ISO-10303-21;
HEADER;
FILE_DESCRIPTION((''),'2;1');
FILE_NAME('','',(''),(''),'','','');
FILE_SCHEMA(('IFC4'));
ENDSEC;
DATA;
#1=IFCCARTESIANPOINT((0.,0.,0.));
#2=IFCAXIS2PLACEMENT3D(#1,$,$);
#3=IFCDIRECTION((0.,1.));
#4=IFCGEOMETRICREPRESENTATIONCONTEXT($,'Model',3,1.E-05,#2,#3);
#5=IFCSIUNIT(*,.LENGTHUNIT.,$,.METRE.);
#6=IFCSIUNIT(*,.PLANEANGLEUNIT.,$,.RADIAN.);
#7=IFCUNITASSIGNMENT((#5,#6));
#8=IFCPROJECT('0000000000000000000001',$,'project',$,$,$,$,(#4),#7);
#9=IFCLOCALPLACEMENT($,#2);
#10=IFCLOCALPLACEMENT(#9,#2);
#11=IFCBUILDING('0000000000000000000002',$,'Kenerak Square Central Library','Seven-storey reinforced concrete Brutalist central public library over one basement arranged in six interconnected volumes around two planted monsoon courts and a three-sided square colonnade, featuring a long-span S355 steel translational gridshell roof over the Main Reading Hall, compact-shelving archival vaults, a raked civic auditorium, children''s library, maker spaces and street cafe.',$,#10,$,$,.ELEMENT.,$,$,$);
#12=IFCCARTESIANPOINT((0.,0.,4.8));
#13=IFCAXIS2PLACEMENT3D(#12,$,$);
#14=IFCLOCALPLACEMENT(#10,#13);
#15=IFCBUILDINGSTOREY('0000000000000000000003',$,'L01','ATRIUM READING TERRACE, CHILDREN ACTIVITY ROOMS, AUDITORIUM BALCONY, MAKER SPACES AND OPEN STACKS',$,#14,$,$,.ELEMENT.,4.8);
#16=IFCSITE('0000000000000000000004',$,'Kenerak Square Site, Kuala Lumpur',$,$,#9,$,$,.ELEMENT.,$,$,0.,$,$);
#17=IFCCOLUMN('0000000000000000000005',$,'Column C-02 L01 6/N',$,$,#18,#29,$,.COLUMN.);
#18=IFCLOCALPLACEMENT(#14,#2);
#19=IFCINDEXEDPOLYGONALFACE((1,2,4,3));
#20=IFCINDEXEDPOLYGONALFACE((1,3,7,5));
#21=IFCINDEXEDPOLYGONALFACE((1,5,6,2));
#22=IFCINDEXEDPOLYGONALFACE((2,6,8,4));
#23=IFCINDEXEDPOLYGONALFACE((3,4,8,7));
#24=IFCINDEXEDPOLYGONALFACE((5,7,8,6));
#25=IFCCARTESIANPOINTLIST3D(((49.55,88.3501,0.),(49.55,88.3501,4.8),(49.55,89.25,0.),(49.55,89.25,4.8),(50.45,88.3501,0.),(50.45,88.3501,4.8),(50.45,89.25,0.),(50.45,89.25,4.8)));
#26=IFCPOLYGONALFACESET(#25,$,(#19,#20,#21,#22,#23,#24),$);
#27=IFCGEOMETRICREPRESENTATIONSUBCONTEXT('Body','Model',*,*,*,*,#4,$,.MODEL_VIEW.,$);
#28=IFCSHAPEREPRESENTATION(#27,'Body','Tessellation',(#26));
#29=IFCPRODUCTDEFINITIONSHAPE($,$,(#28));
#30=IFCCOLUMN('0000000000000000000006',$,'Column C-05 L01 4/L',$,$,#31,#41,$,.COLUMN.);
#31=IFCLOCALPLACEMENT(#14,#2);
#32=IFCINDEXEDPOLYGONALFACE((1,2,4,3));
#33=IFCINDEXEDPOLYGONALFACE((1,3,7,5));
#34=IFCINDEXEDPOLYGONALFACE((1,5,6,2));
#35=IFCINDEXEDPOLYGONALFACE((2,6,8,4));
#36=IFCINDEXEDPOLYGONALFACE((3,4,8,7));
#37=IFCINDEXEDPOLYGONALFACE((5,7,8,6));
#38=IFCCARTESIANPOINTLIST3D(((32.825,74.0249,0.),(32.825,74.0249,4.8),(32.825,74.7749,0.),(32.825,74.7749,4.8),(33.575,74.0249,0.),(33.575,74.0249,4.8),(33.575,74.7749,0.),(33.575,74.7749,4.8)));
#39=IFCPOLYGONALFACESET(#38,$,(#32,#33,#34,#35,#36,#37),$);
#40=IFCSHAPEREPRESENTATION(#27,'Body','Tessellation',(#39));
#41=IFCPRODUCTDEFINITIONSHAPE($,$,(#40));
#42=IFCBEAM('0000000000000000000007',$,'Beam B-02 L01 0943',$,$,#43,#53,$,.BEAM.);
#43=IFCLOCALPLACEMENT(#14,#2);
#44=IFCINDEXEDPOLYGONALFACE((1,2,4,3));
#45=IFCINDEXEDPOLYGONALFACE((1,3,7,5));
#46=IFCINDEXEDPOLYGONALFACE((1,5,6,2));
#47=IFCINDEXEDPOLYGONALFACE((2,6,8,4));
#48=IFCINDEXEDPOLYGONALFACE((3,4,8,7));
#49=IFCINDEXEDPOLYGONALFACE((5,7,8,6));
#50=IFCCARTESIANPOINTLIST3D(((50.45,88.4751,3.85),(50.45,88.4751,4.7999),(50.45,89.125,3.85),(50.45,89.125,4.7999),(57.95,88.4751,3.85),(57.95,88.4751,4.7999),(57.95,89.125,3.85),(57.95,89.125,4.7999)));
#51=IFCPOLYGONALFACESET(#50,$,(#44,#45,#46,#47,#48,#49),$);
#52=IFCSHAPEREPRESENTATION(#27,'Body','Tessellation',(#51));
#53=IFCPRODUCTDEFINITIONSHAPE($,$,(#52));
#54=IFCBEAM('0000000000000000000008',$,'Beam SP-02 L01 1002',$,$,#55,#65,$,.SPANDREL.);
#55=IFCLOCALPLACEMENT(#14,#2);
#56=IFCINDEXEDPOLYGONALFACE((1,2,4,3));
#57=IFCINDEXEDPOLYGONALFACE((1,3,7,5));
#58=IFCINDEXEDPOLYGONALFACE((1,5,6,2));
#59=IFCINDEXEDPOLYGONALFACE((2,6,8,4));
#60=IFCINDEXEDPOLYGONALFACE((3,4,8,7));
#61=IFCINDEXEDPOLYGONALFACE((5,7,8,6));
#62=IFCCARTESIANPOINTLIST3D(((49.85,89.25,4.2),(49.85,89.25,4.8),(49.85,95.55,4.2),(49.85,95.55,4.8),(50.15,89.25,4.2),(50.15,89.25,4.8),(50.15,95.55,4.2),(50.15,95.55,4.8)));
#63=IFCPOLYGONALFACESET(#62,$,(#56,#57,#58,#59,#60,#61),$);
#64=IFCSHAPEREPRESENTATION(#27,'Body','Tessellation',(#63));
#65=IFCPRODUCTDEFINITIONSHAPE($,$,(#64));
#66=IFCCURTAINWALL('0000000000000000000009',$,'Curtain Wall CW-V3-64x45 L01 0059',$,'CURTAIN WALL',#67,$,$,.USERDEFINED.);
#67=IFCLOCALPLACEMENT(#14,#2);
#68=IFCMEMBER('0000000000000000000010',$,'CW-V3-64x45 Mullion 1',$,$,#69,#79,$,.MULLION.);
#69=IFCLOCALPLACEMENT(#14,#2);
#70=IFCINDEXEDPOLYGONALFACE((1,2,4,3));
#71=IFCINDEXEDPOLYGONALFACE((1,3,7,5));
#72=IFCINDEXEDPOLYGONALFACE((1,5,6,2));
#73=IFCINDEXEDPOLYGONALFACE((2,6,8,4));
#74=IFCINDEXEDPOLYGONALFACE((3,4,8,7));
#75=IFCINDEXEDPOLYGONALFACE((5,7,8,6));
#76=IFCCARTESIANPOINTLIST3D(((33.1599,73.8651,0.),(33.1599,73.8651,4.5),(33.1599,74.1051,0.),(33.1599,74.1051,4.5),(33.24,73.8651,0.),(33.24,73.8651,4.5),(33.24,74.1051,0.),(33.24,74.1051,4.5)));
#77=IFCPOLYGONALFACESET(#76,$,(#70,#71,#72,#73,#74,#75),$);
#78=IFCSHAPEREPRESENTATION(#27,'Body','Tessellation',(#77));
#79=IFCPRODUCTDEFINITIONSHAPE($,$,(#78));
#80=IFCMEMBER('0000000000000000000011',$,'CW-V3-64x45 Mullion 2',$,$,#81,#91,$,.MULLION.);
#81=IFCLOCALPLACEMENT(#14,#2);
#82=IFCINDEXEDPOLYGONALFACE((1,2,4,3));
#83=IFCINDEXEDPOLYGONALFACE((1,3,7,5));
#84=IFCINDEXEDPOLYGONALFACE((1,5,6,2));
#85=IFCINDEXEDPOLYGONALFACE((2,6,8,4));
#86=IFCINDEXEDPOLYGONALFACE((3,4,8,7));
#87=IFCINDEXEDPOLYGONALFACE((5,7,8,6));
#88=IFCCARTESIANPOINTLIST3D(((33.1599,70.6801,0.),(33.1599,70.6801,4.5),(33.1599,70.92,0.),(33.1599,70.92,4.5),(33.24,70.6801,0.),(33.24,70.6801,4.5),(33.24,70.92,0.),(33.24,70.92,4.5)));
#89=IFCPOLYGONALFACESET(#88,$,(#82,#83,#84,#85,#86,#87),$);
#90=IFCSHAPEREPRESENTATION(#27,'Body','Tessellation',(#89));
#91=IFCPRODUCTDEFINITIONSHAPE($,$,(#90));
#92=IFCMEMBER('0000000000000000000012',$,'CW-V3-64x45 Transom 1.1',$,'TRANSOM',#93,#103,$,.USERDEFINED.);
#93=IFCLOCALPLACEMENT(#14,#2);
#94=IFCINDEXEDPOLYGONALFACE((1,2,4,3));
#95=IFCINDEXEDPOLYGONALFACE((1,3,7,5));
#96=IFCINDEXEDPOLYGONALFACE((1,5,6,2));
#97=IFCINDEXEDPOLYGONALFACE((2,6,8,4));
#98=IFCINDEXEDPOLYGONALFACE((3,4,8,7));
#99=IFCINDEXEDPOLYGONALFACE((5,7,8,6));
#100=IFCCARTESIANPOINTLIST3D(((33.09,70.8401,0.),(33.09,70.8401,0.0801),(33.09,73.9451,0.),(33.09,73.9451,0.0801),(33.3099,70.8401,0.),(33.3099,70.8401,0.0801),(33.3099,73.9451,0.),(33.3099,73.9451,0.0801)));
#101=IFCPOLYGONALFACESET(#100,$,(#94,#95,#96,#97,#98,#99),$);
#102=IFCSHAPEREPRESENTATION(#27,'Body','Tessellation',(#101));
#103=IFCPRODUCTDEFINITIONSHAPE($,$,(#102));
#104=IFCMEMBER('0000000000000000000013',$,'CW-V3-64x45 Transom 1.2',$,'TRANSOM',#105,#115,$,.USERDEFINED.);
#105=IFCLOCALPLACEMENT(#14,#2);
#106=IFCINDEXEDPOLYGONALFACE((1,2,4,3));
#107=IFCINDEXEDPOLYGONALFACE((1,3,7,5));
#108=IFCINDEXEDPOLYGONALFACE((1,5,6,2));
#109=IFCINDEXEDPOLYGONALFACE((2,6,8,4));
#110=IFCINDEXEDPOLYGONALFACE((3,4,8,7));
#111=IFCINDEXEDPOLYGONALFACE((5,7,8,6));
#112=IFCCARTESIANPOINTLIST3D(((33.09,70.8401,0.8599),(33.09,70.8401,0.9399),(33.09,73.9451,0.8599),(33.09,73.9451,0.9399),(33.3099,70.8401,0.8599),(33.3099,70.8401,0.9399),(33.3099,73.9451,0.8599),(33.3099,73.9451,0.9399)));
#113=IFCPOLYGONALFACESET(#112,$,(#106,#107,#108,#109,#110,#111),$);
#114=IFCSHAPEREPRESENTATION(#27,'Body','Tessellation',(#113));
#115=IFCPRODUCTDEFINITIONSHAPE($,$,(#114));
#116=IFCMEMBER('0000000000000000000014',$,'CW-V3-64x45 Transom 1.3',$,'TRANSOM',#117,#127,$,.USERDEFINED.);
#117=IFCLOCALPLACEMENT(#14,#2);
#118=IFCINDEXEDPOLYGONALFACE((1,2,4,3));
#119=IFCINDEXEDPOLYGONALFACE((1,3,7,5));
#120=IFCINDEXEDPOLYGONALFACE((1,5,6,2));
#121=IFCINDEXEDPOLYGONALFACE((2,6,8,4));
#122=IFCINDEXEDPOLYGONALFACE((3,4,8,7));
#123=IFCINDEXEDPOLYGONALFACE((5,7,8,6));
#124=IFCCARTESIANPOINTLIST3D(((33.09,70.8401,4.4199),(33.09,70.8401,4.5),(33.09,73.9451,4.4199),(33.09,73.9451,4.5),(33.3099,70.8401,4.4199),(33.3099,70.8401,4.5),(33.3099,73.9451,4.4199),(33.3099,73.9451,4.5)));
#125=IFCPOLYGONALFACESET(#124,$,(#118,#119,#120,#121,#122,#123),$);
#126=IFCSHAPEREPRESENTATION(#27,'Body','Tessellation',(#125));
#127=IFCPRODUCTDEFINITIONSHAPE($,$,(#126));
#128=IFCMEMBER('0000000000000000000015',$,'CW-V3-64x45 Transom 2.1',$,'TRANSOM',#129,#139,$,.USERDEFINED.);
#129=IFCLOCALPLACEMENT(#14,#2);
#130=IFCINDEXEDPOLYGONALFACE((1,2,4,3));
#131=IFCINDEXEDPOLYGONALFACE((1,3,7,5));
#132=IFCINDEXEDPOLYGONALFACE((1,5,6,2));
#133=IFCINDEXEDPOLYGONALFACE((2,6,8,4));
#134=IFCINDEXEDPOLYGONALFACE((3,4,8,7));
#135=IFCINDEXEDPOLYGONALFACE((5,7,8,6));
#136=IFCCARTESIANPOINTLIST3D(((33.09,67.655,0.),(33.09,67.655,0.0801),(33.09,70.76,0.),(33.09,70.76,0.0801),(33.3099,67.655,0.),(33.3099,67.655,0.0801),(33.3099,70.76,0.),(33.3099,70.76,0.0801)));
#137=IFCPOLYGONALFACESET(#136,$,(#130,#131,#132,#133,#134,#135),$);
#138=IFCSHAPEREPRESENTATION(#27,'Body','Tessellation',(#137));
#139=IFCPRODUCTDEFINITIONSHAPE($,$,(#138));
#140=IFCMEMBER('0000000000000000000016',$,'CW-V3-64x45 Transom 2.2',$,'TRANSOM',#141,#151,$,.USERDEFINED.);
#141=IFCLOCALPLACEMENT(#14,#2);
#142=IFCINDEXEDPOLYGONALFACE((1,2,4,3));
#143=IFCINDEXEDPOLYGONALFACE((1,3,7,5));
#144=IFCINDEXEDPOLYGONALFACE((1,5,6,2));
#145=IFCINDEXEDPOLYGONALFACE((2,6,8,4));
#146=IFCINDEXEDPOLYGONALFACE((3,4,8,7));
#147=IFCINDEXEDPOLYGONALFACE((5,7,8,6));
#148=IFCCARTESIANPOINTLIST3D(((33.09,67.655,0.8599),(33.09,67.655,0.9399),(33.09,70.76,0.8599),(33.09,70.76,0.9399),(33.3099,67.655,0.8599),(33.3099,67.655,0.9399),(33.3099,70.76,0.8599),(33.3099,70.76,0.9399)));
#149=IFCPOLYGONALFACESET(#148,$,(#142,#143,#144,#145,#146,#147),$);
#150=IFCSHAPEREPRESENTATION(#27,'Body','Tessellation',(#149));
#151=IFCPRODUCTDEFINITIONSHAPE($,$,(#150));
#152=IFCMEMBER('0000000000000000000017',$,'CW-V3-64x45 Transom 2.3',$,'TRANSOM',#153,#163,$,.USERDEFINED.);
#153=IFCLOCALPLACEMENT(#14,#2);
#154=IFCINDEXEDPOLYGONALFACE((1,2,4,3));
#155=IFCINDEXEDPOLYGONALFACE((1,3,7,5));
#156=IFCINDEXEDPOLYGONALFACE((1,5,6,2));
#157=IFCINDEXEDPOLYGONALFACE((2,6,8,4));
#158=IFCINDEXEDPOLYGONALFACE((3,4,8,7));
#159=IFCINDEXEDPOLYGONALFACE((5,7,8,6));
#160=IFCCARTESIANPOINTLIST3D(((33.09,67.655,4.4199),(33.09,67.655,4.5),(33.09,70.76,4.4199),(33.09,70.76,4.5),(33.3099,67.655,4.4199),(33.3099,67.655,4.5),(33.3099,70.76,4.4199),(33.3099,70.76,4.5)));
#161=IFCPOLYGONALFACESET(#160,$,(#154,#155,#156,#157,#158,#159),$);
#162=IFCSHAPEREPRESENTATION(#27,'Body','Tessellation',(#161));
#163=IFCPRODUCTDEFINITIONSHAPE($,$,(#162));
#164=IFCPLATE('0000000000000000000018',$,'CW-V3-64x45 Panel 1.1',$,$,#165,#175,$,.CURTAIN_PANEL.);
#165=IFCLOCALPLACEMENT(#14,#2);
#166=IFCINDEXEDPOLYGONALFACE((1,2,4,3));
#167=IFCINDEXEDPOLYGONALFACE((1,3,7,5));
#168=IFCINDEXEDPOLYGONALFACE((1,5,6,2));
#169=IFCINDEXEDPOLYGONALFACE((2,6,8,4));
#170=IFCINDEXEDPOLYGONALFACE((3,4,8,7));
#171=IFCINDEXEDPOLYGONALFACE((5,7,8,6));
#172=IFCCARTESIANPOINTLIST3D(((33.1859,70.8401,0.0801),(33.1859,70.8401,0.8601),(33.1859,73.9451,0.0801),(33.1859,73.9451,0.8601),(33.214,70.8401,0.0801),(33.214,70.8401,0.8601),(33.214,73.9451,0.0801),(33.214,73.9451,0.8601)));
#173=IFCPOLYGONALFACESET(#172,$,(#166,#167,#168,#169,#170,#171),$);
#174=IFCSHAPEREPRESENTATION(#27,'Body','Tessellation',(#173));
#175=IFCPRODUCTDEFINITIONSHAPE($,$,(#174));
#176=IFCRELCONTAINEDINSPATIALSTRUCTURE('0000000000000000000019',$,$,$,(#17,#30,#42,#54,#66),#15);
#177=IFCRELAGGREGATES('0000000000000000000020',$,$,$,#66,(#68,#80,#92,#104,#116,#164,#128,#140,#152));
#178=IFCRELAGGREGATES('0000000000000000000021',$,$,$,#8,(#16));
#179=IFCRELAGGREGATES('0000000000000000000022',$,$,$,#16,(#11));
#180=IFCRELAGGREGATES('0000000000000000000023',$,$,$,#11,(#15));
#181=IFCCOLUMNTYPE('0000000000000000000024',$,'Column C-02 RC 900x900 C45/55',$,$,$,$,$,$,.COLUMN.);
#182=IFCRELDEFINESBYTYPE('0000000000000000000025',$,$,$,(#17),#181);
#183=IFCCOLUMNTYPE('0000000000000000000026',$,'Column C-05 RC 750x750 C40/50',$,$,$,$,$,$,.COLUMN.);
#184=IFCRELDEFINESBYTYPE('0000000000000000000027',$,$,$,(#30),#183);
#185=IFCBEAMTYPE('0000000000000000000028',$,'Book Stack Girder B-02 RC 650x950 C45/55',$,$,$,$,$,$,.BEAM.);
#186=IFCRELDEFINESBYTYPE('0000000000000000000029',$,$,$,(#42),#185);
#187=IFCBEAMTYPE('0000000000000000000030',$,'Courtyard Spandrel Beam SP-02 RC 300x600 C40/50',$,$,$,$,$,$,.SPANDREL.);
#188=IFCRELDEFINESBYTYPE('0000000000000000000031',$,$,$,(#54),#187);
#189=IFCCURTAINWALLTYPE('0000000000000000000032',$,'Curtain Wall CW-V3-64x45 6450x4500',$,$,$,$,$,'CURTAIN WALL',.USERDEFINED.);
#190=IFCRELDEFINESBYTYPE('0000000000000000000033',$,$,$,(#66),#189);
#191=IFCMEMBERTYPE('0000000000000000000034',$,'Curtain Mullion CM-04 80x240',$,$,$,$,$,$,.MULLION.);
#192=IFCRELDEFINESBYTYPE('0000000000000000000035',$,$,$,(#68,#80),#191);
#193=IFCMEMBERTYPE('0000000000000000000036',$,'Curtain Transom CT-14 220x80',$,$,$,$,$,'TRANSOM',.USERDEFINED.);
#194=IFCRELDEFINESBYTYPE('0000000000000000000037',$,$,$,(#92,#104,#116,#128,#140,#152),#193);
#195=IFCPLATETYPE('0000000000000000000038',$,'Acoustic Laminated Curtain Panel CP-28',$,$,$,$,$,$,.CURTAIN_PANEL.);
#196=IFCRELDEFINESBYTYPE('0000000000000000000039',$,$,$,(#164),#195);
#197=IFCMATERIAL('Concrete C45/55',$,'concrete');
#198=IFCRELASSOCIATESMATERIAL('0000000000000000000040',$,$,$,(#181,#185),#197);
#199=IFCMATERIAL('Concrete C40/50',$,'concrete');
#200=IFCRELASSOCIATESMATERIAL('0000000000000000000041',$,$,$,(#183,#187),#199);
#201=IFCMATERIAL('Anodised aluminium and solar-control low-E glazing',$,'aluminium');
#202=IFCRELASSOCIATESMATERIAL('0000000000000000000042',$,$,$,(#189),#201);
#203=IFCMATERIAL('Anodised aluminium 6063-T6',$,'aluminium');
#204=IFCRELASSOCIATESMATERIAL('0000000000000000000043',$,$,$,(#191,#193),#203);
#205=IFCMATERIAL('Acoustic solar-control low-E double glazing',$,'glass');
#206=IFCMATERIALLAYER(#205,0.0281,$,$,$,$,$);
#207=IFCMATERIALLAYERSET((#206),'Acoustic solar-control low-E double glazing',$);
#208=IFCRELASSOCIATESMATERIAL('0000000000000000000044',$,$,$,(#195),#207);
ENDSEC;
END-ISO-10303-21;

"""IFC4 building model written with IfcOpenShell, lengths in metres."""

from ifc_helpers import new_model, si_unit, direction, frame, origin, origin_2d, place, context, subcontext, project, spatial, rectangle, extrude, material, layer, layer_set, material_profile, profile_set, type_object, element, aggregate, save


model = new_model("IFC4")

# Units and contexts
model_context = context("Model", 3, precision=1e-05, world=origin(), true_north=direction((0.0, 1.0)))
body_context = subcontext(model_context, "Body", "Model", "MODEL_VIEW")
ifc_project = project(units=[si_unit("LENGTHUNIT", "METRE"), si_unit("PLANEANGLEUNIT", "RADIAN")], contexts=[model_context])

# Site, building, storey
site_placement = place(None, origin())
site = spatial("IfcSite", under=ifc_project, at=site_placement, Name="Kenerak Square Site, Kuala Lumpur", CompositionType="ELEMENT", RefElevation=0.0)
building_placement = place(site_placement, origin())
building = spatial("IfcBuilding", under=site, at=building_placement, Name="Kenerak Square Central Library", Description="Seven-storey reinforced concrete Brutalist central public library over one basement arranged in six interconnected volumes around two planted monsoon courts and a three-sided square colonnade, featuring a long-span S355 steel translational gridshell roof over the Main Reading Hall, compact-shelving archival vaults, a raked civic auditorium, children's library, maker spaces and street cafe.", CompositionType="ELEMENT")
storey_placement = place(building_placement, frame((0.0, 0.0, 4.8)))
storey = spatial("IfcBuildingStorey", under=building, at=storey_placement, Name="L01", Description="ATRIUM READING TERRACE, CHILDREN ACTIVITY ROOMS, AUDITORIUM BALCONY, MAKER SPACES AND OPEN STACKS", CompositionType="ELEMENT", Elevation=4.8)

# Columns
ifc_material_1 = material(Name="Concrete C45/55", Category="concrete")
ifc_material_profile_1 = material_profile(ifc_material_1, rectangle(XDim=0.8999, YDim=0.8999, at=origin_2d()), Name="RC 900x900")
ifc_profile_set_1 = profile_set([ifc_material_profile_1], Name="Concrete C45/55")
column_type_1 = type_object("IfcColumnType", Name="Column C-02 RC 900x900 C45/55", PredefinedType="COLUMN", material=ifc_profile_set_1)
column_1_placement = place(storey_placement, frame((50.0, 88.8, 0.0), z_axis=(0.0, 0.0, 1.0), x_axis=(1.0, 0.0, 0.0)))
element("IfcColumn", 1, at=column_1_placement, inside=storey, type_object=column_type_1, Name="Column C-02 L01 6/N", PredefinedType="COLUMN", context=body_context, shape_type="SweptSolid", body=[
    extrude(rectangle(XDim=0.8999, YDim=0.8999, at=origin_2d()), origin(), (0.0, 0.0, 1.0), 4.8),
])
ifc_material_2 = material(Name="Concrete C40/50", Category="concrete")
ifc_material_profile_2 = material_profile(ifc_material_2, rectangle(XDim=0.75, YDim=0.75, at=origin_2d()), Name="RC 750x750")
ifc_profile_set_2 = profile_set([ifc_material_profile_2], Name="Concrete C40/50")
column_type_2 = type_object("IfcColumnType", Name="Column C-05 RC 750x750 C40/50", PredefinedType="COLUMN", material=ifc_profile_set_2)
column_2_placement = place(storey_placement, frame((33.2, 74.3999, 0.0), z_axis=(0.0, 0.0, 1.0), x_axis=(1.0, 0.0, 0.0)))
element("IfcColumn", 2, at=column_2_placement, inside=storey, type_object=column_type_2, Name="Column C-05 L01 4/L", PredefinedType="COLUMN", context=body_context, shape_type="SweptSolid", body=[
    extrude(rectangle(XDim=0.75, YDim=0.75, at=origin_2d()), origin(), (0.0, 0.0, 1.0), 4.8),
])

# Beams
ifc_material_profile_3 = material_profile(ifc_material_1, rectangle(XDim=0.6499, YDim=0.95, at=origin_2d()), Name="RC 650x950")
ifc_profile_set_3 = profile_set([ifc_material_profile_3], Name="Concrete C45/55")
beam_type_1 = type_object("IfcBeamType", Name="Book Stack Girder B-02 RC 650x950 C45/55", PredefinedType="BEAM", material=ifc_profile_set_3)
beam_1_placement = place(storey_placement, frame((50.45, 88.8, 4.325), z_axis=(1.0, 0.0, 0.0), x_axis=(0.0, 1.0, 0.0)))
element("IfcBeam", 3, at=beam_1_placement, inside=storey, type_object=beam_type_1, Name="Beam B-02 L01 0943", PredefinedType="BEAM", context=body_context, shape_type="SweptSolid", body=[
    extrude(rectangle(XDim=0.6499, YDim=0.95, at=origin_2d()), origin(), (0.0, 0.0, 1.0), 7.5),
])
ifc_material_profile_4 = material_profile(ifc_material_2, rectangle(XDim=0.3, YDim=0.6001, at=origin_2d()), Name="RC 300x600")
ifc_profile_set_4 = profile_set([ifc_material_profile_4], Name="Concrete C40/50")
beam_type_2 = type_object("IfcBeamType", Name="Courtyard Spandrel Beam SP-02 RC 300x600 C40/50", PredefinedType="SPANDREL", material=ifc_profile_set_4)
beam_2_placement = place(storey_placement, frame((50.0, 89.25, 4.5), z_axis=(0.0, 1.0, 0.0), x_axis=(-1.0, 0.0, 0.0)))
element("IfcBeam", 4, at=beam_2_placement, inside=storey, type_object=beam_type_2, Name="Beam SP-02 L01 1002", PredefinedType="SPANDREL", context=body_context, shape_type="SweptSolid", body=[
    extrude(rectangle(XDim=0.3, YDim=0.6001, at=origin_2d()), origin(), (0.0, 0.0, 1.0), 6.3),
])

# Curtain wall, members, plate
ifc_material_3 = material(Name="Anodised aluminium and solar-control low-E glazing", Category="aluminium")
curtain_wall_type = type_object("IfcCurtainWallType", Name="Curtain Wall CW-V3-64x45 6450x4500", ElementType="CURTAIN WALL", PredefinedType="USERDEFINED", material=ifc_material_3)
curtain_wall_placement = place(storey_placement, origin())
curtain_wall = element("IfcCurtainWall", 5, at=curtain_wall_placement, inside=storey, type_object=curtain_wall_type, Name="Curtain Wall CW-V3-64x45 L01 0059", ObjectType="CURTAIN WALL", PredefinedType="USERDEFINED")
ifc_material_4 = material(Name="Anodised aluminium 6063-T6", Category="aluminium")
ifc_material_profile_5 = material_profile(ifc_material_4, rectangle(XDim=0.0801, YDim=0.24, at=origin_2d()), Name="AL MULLION 80x240")
ifc_profile_set_5 = profile_set([ifc_material_profile_5], Name="Anodised aluminium 6063-T6")
member_type_1 = type_object("IfcMemberType", Name="Curtain Mullion CM-04 80x240", PredefinedType="MULLION", material=ifc_profile_set_5)
member_1_placement = place(storey_placement, frame((33.2, 73.9851, 0.0), z_axis=(0.0, 0.0, 1.0), x_axis=(1.0, 0.0, 0.0)))
member_1 = element("IfcMember", 6, at=member_1_placement, type_object=member_type_1, Name="CW-V3-64x45 Mullion 1", PredefinedType="MULLION", context=body_context, shape_type="SweptSolid", body=[
    extrude(rectangle(XDim=0.0801, YDim=0.24, at=origin_2d()), origin(), (0.0, 0.0, 1.0), 4.5),
])
member_2_placement = place(storey_placement, frame((33.2, 70.8, 0.0), z_axis=(0.0, 0.0, 1.0), x_axis=(1.0, 0.0, 0.0)))
member_2 = element("IfcMember", 7, at=member_2_placement, type_object=member_type_1, Name="CW-V3-64x45 Mullion 2", PredefinedType="MULLION", context=body_context, shape_type="SweptSolid", body=[
    extrude(rectangle(XDim=0.0801, YDim=0.24, at=origin_2d()), origin(), (0.0, 0.0, 1.0), 4.5),
])
ifc_material_profile_6 = material_profile(ifc_material_4, rectangle(XDim=0.22, YDim=0.0801, at=origin_2d()), Name="AL TRANSOM 220x80")
ifc_profile_set_6 = profile_set([ifc_material_profile_6], Name="Anodised aluminium 6063-T6")
member_type_2 = type_object("IfcMemberType", Name="Curtain Transom CT-14 220x80", ElementType="TRANSOM", PredefinedType="USERDEFINED", material=ifc_profile_set_6)
member_3_placement = place(storey_placement, frame((33.2, 73.9451, 0.04), z_axis=(0.0, -1.0, 0.0), x_axis=(1.0, 0.0, 0.0)))
member_3 = element("IfcMember", 8, at=member_3_placement, type_object=member_type_2, Name="CW-V3-64x45 Transom 1.1", ObjectType="TRANSOM", PredefinedType="USERDEFINED", context=body_context, shape_type="SweptSolid", body=[
    extrude(rectangle(XDim=0.22, YDim=0.0801, at=origin_2d()), origin(), (0.0, 0.0, 1.0), 3.105),
])
member_4_placement = place(storey_placement, frame((33.2, 73.9451, 0.8999), z_axis=(0.0, -1.0, 0.0), x_axis=(1.0, 0.0, 0.0)))
member_4 = element("IfcMember", 9, at=member_4_placement, type_object=member_type_2, Name="CW-V3-64x45 Transom 1.2", ObjectType="TRANSOM", PredefinedType="USERDEFINED", context=body_context, shape_type="SweptSolid", body=[
    extrude(rectangle(XDim=0.22, YDim=0.0801, at=origin_2d()), origin(), (0.0, 0.0, 1.0), 3.105),
])
member_5_placement = place(storey_placement, frame((33.2, 73.9451, 4.46), z_axis=(0.0, -1.0, 0.0), x_axis=(1.0, 0.0, 0.0)))
member_5 = element("IfcMember", 10, at=member_5_placement, type_object=member_type_2, Name="CW-V3-64x45 Transom 1.3", ObjectType="TRANSOM", PredefinedType="USERDEFINED", context=body_context, shape_type="SweptSolid", body=[
    extrude(rectangle(XDim=0.22, YDim=0.0801, at=origin_2d()), origin(), (0.0, 0.0, 1.0), 3.105),
])
member_6_placement = place(storey_placement, frame((33.2, 70.76, 0.04), z_axis=(0.0, -1.0, 0.0), x_axis=(1.0, 0.0, 0.0)))
member_6 = element("IfcMember", 11, at=member_6_placement, type_object=member_type_2, Name="CW-V3-64x45 Transom 2.1", ObjectType="TRANSOM", PredefinedType="USERDEFINED", context=body_context, shape_type="SweptSolid", body=[
    extrude(rectangle(XDim=0.22, YDim=0.0801, at=origin_2d()), origin(), (0.0, 0.0, 1.0), 3.105),
])
member_7_placement = place(storey_placement, frame((33.2, 70.76, 0.8999), z_axis=(0.0, -1.0, 0.0), x_axis=(1.0, 0.0, 0.0)))
member_7 = element("IfcMember", 12, at=member_7_placement, type_object=member_type_2, Name="CW-V3-64x45 Transom 2.2", ObjectType="TRANSOM", PredefinedType="USERDEFINED", context=body_context, shape_type="SweptSolid", body=[
    extrude(rectangle(XDim=0.22, YDim=0.0801, at=origin_2d()), origin(), (0.0, 0.0, 1.0), 3.105),
])
member_8_placement = place(storey_placement, frame((33.2, 70.76, 4.46), z_axis=(0.0, -1.0, 0.0), x_axis=(1.0, 0.0, 0.0)))
member_8 = element("IfcMember", 13, at=member_8_placement, type_object=member_type_2, Name="CW-V3-64x45 Transom 2.3", ObjectType="TRANSOM", PredefinedType="USERDEFINED", context=body_context, shape_type="SweptSolid", body=[
    extrude(rectangle(XDim=0.22, YDim=0.0801, at=origin_2d()), origin(), (0.0, 0.0, 1.0), 3.105),
])
ifc_material_5 = material(Name="Acoustic solar-control low-E double glazing", Category="glass")
ifc_layer_1 = layer(ifc_material_5, 0.0281)
ifc_layer_set_1 = layer_set([ifc_layer_1], Name="Acoustic solar-control low-E double glazing")
plate_type = type_object("IfcPlateType", Name="Acoustic Laminated Curtain Panel CP-28", PredefinedType="CURTAIN_PANEL", material=ifc_layer_set_1)
plate_1_placement = place(storey_placement, frame((33.2, 72.3926, 0.0801), z_axis=(0.0, 0.0, 1.0), x_axis=(0.0, -1.0, 0.0)))
plate_1 = element("IfcPlate", 14, at=plate_1_placement, type_object=plate_type, Name="CW-V3-64x45 Panel 1.1", PredefinedType="CURTAIN_PANEL", context=body_context, shape_type="SweptSolid", body=[
    extrude(rectangle(XDim=3.105, YDim=0.0281, at=origin_2d()), origin(), (0.0, 0.0, 1.0), 0.78),
])
aggregate(curtain_wall, [member_1, member_2, member_3, member_4, member_5, plate_1, member_6, member_7, member_8])

save(model, "model.ifc")
